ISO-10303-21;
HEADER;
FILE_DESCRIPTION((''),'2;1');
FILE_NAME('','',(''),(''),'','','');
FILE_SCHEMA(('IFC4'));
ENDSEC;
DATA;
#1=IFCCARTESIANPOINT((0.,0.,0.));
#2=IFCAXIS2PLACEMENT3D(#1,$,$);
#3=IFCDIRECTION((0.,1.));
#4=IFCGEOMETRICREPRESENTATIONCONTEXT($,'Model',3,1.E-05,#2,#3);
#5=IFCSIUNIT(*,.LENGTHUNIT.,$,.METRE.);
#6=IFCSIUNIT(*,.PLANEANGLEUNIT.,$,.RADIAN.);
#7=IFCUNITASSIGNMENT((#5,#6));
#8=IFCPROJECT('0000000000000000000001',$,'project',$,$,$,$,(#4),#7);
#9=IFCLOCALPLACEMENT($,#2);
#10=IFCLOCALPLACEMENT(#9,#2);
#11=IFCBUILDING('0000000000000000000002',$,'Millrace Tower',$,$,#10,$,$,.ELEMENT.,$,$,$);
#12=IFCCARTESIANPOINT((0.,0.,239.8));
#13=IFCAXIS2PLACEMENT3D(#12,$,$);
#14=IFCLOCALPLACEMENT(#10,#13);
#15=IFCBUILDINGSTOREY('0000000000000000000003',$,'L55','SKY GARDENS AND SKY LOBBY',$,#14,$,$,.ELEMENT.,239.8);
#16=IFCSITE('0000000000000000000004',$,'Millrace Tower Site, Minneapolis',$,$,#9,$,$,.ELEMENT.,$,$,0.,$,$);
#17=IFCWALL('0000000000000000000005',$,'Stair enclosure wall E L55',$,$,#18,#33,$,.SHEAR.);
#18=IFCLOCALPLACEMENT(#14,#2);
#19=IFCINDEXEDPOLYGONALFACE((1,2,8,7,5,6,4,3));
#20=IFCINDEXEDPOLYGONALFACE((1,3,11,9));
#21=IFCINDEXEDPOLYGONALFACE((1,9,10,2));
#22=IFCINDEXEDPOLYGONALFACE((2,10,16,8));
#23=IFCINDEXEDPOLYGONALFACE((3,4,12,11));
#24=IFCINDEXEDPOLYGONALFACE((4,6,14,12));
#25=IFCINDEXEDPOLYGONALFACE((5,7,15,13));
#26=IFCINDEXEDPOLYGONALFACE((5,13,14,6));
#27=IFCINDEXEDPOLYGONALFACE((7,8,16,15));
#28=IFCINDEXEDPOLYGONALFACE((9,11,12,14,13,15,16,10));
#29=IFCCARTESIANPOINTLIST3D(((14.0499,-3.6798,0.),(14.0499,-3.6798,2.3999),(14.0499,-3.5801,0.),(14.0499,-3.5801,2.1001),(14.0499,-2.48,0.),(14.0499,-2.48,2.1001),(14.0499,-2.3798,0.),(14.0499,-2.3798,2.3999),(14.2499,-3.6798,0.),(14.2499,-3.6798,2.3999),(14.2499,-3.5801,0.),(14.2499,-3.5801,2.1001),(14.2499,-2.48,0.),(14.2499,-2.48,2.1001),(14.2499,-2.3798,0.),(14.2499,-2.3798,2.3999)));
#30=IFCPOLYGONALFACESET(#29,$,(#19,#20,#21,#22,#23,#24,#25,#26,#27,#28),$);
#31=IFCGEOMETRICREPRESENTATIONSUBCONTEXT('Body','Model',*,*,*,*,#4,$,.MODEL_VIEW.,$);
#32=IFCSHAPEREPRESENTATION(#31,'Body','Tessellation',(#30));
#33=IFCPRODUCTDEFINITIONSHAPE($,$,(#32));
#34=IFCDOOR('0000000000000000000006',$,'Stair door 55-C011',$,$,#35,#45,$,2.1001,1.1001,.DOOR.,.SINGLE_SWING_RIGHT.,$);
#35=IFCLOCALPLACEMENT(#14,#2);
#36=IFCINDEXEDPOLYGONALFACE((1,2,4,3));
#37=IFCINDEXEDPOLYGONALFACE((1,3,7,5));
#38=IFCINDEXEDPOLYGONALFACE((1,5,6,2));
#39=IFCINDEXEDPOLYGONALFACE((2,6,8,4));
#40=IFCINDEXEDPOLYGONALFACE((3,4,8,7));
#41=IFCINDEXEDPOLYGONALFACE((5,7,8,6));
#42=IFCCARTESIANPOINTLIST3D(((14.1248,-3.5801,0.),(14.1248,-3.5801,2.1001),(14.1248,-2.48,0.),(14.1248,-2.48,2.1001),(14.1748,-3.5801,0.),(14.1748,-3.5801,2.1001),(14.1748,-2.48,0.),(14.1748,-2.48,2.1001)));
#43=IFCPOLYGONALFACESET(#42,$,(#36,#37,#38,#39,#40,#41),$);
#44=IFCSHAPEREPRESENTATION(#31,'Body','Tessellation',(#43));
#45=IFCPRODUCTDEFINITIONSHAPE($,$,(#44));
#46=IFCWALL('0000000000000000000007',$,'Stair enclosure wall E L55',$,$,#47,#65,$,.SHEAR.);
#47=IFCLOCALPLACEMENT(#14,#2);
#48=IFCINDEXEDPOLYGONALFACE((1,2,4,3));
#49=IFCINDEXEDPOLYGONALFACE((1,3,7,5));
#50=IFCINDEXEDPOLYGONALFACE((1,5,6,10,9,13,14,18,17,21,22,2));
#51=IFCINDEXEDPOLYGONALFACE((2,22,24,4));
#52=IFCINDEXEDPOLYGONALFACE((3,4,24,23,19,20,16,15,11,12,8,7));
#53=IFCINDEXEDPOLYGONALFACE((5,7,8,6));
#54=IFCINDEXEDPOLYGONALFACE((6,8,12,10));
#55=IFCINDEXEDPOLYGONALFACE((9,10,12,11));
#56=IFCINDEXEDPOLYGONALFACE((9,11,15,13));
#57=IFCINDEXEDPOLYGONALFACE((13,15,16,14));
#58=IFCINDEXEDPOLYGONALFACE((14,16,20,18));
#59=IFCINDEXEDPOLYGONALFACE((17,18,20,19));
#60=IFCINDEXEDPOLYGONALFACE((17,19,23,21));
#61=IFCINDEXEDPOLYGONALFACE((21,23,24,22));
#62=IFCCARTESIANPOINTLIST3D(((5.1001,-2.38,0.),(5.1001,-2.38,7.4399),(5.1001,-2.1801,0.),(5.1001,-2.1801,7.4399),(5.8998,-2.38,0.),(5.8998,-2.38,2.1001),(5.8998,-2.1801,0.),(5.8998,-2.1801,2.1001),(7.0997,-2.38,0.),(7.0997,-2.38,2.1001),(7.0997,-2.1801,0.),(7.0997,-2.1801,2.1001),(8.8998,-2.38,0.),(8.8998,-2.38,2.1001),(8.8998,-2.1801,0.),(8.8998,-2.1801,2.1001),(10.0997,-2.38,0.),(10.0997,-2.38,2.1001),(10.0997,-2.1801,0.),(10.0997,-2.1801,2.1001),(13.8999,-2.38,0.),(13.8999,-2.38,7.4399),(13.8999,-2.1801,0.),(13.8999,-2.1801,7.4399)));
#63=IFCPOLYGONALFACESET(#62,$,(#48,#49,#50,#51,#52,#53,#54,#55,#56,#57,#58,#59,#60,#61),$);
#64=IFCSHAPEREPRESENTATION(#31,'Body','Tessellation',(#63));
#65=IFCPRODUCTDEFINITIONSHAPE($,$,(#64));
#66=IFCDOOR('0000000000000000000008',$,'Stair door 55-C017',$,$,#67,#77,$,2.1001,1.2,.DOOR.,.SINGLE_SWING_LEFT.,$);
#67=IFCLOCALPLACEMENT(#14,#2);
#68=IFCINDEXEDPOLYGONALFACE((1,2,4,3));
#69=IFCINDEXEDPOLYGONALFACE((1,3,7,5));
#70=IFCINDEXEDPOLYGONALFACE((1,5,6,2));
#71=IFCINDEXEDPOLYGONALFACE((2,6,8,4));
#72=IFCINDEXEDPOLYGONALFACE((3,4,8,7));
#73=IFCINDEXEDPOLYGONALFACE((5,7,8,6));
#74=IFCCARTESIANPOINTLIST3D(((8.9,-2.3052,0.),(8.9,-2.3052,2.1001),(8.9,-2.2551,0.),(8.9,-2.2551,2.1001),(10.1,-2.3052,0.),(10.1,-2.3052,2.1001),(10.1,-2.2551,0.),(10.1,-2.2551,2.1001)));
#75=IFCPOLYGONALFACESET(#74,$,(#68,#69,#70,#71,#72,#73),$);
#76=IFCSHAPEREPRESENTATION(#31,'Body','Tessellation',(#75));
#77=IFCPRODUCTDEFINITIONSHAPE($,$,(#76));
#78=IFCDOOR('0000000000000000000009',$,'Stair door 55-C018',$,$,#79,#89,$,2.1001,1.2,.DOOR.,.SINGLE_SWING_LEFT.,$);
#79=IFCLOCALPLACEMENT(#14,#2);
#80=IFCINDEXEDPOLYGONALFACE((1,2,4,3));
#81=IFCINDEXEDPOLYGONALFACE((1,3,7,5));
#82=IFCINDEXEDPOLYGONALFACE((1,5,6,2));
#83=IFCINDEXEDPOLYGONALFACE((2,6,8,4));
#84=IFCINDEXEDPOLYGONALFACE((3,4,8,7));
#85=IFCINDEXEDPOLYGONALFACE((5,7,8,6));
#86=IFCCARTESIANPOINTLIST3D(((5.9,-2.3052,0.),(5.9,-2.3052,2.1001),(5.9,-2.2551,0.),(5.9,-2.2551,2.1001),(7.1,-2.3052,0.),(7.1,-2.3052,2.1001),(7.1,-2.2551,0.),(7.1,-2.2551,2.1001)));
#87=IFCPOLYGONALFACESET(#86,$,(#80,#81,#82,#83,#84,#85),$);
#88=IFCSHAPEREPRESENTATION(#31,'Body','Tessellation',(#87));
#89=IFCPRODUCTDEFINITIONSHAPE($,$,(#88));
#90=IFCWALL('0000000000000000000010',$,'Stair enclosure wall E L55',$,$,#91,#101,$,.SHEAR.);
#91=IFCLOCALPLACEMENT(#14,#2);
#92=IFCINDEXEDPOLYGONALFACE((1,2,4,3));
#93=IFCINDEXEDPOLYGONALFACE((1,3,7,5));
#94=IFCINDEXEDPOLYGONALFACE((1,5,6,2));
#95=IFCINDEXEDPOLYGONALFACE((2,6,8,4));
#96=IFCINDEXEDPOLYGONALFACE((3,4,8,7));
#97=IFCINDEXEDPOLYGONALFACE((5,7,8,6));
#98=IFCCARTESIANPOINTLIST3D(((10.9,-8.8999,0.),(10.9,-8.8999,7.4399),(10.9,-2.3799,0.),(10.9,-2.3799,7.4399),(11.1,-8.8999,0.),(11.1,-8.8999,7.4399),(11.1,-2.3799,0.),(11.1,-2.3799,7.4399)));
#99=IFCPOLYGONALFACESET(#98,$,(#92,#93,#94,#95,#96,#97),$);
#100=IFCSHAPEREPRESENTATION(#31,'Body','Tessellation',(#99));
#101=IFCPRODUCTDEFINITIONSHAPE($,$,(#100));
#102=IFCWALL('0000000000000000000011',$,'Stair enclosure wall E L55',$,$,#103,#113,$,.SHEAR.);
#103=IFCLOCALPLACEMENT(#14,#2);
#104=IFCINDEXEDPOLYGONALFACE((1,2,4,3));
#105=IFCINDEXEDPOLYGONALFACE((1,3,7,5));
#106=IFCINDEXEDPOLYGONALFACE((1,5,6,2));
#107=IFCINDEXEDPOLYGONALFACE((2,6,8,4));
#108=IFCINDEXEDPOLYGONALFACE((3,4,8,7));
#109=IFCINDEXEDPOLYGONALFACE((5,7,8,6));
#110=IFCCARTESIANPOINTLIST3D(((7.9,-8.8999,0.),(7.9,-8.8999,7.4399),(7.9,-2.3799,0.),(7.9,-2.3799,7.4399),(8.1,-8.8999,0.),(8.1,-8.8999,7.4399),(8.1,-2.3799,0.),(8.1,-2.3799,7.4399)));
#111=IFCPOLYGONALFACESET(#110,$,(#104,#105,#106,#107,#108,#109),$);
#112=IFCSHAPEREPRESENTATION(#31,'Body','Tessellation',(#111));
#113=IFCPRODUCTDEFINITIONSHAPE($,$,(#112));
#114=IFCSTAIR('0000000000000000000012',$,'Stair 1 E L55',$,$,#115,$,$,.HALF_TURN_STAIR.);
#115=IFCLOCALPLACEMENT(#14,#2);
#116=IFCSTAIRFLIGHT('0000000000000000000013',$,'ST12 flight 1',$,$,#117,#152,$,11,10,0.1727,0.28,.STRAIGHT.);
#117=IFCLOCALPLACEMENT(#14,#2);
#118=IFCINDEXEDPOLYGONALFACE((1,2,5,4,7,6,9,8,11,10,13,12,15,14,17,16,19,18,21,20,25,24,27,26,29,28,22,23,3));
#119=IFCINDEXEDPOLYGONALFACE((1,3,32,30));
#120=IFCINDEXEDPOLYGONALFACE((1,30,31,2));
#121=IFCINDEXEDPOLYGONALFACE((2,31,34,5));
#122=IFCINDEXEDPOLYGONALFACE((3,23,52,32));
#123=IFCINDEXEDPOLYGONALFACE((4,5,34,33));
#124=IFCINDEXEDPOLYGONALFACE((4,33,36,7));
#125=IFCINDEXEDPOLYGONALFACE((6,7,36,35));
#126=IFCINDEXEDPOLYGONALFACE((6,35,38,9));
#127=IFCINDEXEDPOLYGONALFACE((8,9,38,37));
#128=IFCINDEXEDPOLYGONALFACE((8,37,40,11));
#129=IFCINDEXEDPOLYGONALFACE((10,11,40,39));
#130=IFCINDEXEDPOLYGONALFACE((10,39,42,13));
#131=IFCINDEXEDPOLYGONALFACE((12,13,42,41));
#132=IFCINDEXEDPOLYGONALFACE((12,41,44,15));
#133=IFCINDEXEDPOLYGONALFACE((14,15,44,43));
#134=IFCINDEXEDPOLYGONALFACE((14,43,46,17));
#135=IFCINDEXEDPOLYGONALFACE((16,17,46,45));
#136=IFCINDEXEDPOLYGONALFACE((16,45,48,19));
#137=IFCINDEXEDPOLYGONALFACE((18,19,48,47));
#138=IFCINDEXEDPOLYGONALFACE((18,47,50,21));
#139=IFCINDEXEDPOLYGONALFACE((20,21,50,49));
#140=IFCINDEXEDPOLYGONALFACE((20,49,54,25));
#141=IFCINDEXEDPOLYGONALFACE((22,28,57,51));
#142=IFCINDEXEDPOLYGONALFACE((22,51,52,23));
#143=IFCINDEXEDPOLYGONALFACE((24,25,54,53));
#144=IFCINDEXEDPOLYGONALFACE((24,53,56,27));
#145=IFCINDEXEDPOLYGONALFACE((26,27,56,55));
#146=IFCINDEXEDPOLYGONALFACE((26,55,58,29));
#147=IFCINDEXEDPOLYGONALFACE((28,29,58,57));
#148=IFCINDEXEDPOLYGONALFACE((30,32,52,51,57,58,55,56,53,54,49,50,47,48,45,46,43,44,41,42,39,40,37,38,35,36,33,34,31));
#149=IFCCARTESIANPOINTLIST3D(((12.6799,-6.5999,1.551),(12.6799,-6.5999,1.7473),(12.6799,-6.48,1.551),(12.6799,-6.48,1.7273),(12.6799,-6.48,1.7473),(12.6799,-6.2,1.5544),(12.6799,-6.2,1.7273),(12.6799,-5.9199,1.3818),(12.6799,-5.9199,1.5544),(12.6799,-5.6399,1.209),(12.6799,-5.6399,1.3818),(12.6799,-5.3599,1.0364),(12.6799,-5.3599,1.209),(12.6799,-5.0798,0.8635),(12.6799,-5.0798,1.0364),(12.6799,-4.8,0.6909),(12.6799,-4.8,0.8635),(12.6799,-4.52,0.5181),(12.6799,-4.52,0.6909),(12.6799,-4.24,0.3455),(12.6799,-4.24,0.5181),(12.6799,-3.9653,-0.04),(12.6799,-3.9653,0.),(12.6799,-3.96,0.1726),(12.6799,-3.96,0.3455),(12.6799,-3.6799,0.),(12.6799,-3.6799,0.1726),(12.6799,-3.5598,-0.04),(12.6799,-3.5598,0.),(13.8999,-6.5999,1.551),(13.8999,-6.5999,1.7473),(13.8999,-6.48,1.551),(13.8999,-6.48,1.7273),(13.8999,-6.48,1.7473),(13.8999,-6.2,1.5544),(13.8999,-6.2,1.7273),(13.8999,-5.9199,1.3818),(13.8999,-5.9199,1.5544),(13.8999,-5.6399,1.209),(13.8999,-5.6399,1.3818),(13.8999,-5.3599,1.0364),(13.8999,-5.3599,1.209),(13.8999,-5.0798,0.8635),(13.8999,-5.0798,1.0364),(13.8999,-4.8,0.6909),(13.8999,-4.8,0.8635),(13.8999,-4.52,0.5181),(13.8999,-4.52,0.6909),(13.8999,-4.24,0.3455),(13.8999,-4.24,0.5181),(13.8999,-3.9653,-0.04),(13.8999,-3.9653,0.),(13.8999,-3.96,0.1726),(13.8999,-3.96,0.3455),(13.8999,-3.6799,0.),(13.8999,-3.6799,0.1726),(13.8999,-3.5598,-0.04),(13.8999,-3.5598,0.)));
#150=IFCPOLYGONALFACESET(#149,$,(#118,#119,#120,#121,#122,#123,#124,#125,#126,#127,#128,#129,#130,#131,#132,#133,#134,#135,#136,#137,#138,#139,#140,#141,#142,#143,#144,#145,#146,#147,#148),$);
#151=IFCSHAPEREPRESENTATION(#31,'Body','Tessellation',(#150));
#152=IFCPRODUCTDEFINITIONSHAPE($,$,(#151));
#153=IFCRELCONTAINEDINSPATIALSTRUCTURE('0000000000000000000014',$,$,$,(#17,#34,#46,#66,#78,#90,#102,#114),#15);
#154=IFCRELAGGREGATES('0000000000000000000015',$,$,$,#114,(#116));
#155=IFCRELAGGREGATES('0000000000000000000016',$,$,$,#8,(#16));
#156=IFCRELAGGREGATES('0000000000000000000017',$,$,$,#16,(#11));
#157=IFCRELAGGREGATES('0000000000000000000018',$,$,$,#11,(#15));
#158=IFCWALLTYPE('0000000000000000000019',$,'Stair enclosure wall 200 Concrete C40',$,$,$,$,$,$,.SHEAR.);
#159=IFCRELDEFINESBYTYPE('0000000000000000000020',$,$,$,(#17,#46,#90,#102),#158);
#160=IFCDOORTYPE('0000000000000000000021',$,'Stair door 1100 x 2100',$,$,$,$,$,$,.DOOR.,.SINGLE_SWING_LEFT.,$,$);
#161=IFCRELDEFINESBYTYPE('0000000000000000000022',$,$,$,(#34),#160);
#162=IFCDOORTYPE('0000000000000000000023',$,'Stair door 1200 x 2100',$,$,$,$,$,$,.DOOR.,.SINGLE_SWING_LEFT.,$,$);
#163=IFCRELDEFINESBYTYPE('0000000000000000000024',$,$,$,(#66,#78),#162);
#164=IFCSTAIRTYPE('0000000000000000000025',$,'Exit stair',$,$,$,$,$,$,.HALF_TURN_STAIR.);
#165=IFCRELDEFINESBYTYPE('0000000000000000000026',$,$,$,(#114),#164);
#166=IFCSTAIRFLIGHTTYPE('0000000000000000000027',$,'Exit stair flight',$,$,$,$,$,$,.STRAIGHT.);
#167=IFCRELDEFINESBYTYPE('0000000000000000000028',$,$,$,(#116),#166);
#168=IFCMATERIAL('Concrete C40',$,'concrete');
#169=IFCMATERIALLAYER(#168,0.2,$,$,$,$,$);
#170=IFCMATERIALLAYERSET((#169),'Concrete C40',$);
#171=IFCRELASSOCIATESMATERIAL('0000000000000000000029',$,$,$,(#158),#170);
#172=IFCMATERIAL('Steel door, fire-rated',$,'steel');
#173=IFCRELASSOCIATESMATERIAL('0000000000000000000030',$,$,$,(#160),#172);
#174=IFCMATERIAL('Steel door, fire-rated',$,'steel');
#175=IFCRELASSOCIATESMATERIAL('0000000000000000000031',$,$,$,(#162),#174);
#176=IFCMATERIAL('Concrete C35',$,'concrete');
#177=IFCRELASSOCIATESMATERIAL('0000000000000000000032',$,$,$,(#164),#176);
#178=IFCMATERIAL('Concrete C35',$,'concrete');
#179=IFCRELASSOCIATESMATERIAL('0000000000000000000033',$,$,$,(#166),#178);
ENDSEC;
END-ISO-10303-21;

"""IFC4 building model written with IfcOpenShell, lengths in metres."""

from ifc_helpers import new_model, si_unit, direction, frame, frame_2d, origin, place, context, subcontext, project, spatial, polyline, rectangle, outline, extrude, material, layer, layer_set, type_object, element, fill, aggregate, save


model = new_model("IFC4")

# Units and contexts
model_context = context("Model", 3, precision=1e-05, world=origin(), true_north=direction((0.0, 1.0)))
body_context = subcontext(model_context, "Body", "Model", "MODEL_VIEW")
ifc_project = project(units=[si_unit("LENGTHUNIT", "METRE"), si_unit("PLANEANGLEUNIT", "RADIAN")], contexts=[model_context])

# Site, building, storey
site_placement = place(None, origin())
site = spatial("IfcSite", under=ifc_project, at=site_placement, Name="Millrace Tower Site, Minneapolis", CompositionType="ELEMENT", RefElevation=0.0)
building_placement = place(site_placement, origin())
building = spatial("IfcBuilding", under=site, at=building_placement, Name="Millrace Tower", CompositionType="ELEMENT")
storey_placement = place(building_placement, frame((0.0, 0.0, 239.8)))
storey = spatial("IfcBuildingStorey", under=building, at=storey_placement, Name="L55", Description="SKY GARDENS AND SKY LOBBY", CompositionType="ELEMENT", Elevation=239.8)

# Shared definitions
placement = place(storey_placement, origin())

# Wall, opening, door
ifc_material_1 = material(Name="Concrete C40", Category="concrete")
ifc_layer_1 = layer(ifc_material_1, 0.2)
ifc_layer_set_1 = layer_set([ifc_layer_1], Name="Concrete C40")
wall_type_1 = type_object("IfcWallType", Name="Stair enclosure wall 200 Concrete C40", PredefinedType="SHEAR", material=ifc_layer_set_1)
wall_1_placement = place(storey_placement, frame((14.1499, -2.3799, 0.0), z_axis=(0.0, 0.0, 1.0), x_axis=(0.0, -1.0, 0.0)))
wall_1 = element("IfcWall", 1, at=wall_1_placement, inside=storey, type_object=wall_type_1, Name="Stair enclosure wall E L55", PredefinedType="SHEAR", context=body_context, shape_type="SweptSolid", body=[
    extrude(rectangle(XDim=1.3, YDim=0.2, at=frame_2d((0.6499, 0.0))), origin(), (0.0, 0.0, 1.0), 2.3999),
])
opening_1_placement = place(wall_1_placement, frame((0.1001, 0.0, 0.0)))
opening_1 = element("IfcOpeningElement", 2, at=opening_1_placement, cuts=wall_1, PredefinedType="OPENING", context=body_context, shape_type="SweptSolid", body=[
    extrude(rectangle(XDim=1.1001, YDim=2.1001, at=frame_2d((0.55, 1.05))), frame((0.0, 0.1099, 0.0), z_axis=(0.0, -1.0, 0.0), x_axis=(1.0, 0.0, 0.0)), (0.0, 0.0, 1.0), 0.22),
])
ifc_material_2 = material(Name="Steel door, fire-rated", Category="steel")
door_type_1 = type_object("IfcDoorType", Name="Stair door 1100 x 2100", OperationType="SINGLE_SWING_LEFT", PredefinedType="DOOR", material=ifc_material_2)
door_1_placement = place(opening_1_placement, origin())
door_1 = element("IfcDoor", 3, at=door_1_placement, inside=storey, type_object=door_type_1, Name="Stair door 55-C011", OperationType="SINGLE_SWING_RIGHT", OverallHeight=2.1001, OverallWidth=1.1001, PredefinedType="DOOR", context=body_context, shape_type="SweptSolid", body=[
    extrude(rectangle(XDim=1.1001, YDim=2.1001, at=frame_2d((0.55, 1.05))), frame((0.0, 0.0249, 0.0), z_axis=(0.0, -1.0, 0.0), x_axis=(1.0, 0.0, 0.0)), (0.0, 0.0, 1.0), 0.05),
])
fill(opening_1, door_1)

# Wall, openings, doors
wall_2_placement = place(storey_placement, frame((13.8999, -2.28, 0.0), z_axis=(0.0, 0.0, 1.0), x_axis=(-1.0, 0.0, 0.0)))
wall_2 = element("IfcWall", 4, at=wall_2_placement, inside=storey, type_object=wall_type_1, Name="Stair enclosure wall E L55", PredefinedType="SHEAR", context=body_context, shape_type="SweptSolid", body=[
    extrude(rectangle(XDim=8.7998, YDim=0.2, at=frame_2d((4.3999, 0.0))), origin(), (0.0, 0.0, 1.0), 7.4399),
])
opening_2_placement = place(wall_2_placement, frame((3.8, 0.0, 0.0)))
opening_2 = element("IfcOpeningElement", 5, at=opening_2_placement, cuts=wall_2, PredefinedType="OPENING", context=body_context, shape_type="SweptSolid", body=[
    extrude(rectangle(XDim=1.2, YDim=2.1001, at=frame_2d((0.6001, 1.05))), frame((0.0, 0.1099, 0.0), z_axis=(0.0, -1.0, 0.0), x_axis=(1.0, 0.0, 0.0)), (0.0, 0.0, 1.0), 0.22),
])
opening_3_placement = place(wall_2_placement, frame((6.8, 0.0, 0.0)))
opening_3 = element("IfcOpeningElement", 6, at=opening_3_placement, cuts=wall_2, PredefinedType="OPENING", context=body_context, shape_type="SweptSolid", body=[
    extrude(rectangle(XDim=1.2, YDim=2.1001, at=frame_2d((0.6001, 1.05))), frame((0.0, 0.1099, 0.0), z_axis=(0.0, -1.0, 0.0), x_axis=(1.0, 0.0, 0.0)), (0.0, 0.0, 1.0), 0.22),
])
ifc_material_3 = material(Name="Steel door, fire-rated", Category="steel")
door_type_2 = type_object("IfcDoorType", Name="Stair door 1200 x 2100", OperationType="SINGLE_SWING_LEFT", PredefinedType="DOOR", material=ifc_material_3)
door_2_placement = place(opening_2_placement, frame((1.2, 0.0, 0.0), z_axis=(0.0, 0.0, 1.0), x_axis=(-1.0, 0.0, 0.0)))
door_2 = element("IfcDoor", 7, at=door_2_placement, inside=storey, type_object=door_type_2, Name="Stair door 55-C017", OperationType="SINGLE_SWING_LEFT", OverallHeight=2.1001, OverallWidth=1.2, PredefinedType="DOOR", context=body_context, shape_type="SweptSolid", body=[
    extrude(rectangle(XDim=1.2, YDim=2.1001, at=frame_2d((0.6001, 1.05))), frame((0.0, 0.0249, 0.0), z_axis=(0.0, -1.0, 0.0), x_axis=(1.0, 0.0, 0.0)), (0.0, 0.0, 1.0), 0.05),
])
fill(opening_2, door_2)
door_3_placement = place(opening_3_placement, frame((1.2, 0.0, 0.0), z_axis=(0.0, 0.0, 1.0), x_axis=(-1.0, 0.0, 0.0)))
door_3 = element("IfcDoor", 8, at=door_3_placement, inside=storey, type_object=door_type_2, Name="Stair door 55-C018", OperationType="SINGLE_SWING_LEFT", OverallHeight=2.1001, OverallWidth=1.2, PredefinedType="DOOR", context=body_context, shape_type="SweptSolid", body=[
    extrude(rectangle(XDim=1.2, YDim=2.1001, at=frame_2d((0.6001, 1.05))), frame((0.0, 0.0249, 0.0), z_axis=(0.0, -1.0, 0.0), x_axis=(1.0, 0.0, 0.0)), (0.0, 0.0, 1.0), 0.05),
])
fill(opening_3, door_3)

# Walls
for number, where, z_axis, x_axis, name in (
    (9, (11.0, -2.3799, 0.0), (0.0, 0.0, 1.0), (0.0, -1.0, 0.0), "Stair enclosure wall E L55"),
    (10, (8.0, -2.3799, 0.0), (0.0, 0.0, 1.0), (0.0, -1.0, 0.0), "Stair enclosure wall E L55"),
):
    element("IfcWall", number, at=place(storey_placement, frame(where, z_axis=z_axis, x_axis=x_axis)), inside=storey, type_object=wall_type_1, Name=name, PredefinedType="SHEAR", context=body_context, shape_type="SweptSolid", body=[
        extrude(rectangle(XDim=6.52, YDim=0.2, at=frame_2d((3.26, 0.0))), origin(), (0.0, 0.0, 1.0), 7.4399),
    ])

# Stair, stair flight
ifc_material_4 = material(Name="Concrete C35", Category="concrete")
stair_type = type_object("IfcStairType", Name="Exit stair", PredefinedType="HALF_TURN_STAIR", material=ifc_material_4)
stair_1 = element("IfcStair", 11, at=placement, inside=storey, type_object=stair_type, Name="Stair 1 E L55", PredefinedType="HALF_TURN_STAIR")
ifc_material_5 = material(Name="Concrete C35", Category="concrete")
stair_flight_type = type_object("IfcStairFlightType", Name="Exit stair flight", PredefinedType="STRAIGHT", material=ifc_material_5)
stair_flight_1_placement = place(storey_placement, frame((13.29, -3.6799, 0.0), z_axis=(0.0, 0.0, 1.0), x_axis=(0.0, -1.0, 0.0)))
stair_flight_1 = element("IfcStairFlight", 12, at=stair_flight_1_placement, type_object=stair_flight_type, Name="ST12 flight 1", NumberOfRisers=11, NumberOfTreads=10, PredefinedType="STRAIGHT", RiserHeight=0.1727, TreadLength=0.28, context=body_context, shape_type="SweptSolid", body=[
    extrude(outline(polyline([(-0.1201, -0.04), (-0.1201, 0.0), (0.0, 0.0), (0.0, 0.1726), (0.28, 0.1726), (0.28, 0.3455), (0.5601, 0.3455), (0.5601, 0.5181), (0.8401, 0.5181), (0.8401, 0.6909), (1.1201, 0.6909), (1.1201, 0.8635), (1.3999, 0.8635), (1.3999, 1.0364), (1.6799, 1.0364), (1.6799, 1.209), (1.96, 1.209), (1.96, 1.3818), (2.24, 1.3818), (2.24, 1.5544), (2.52, 1.5544), (2.52, 1.7273), (2.8, 1.7273), (2.8, 1.7473), (2.9199, 1.7473), (2.9199, 1.551), (2.8, 1.551), (0.2854, 0.0), (0.2854, -0.04), (-0.1201, -0.04)])), frame((0.0, 0.6099, 0.0), z_axis=(0.0, -1.0, 0.0), x_axis=(1.0, 0.0, 0.0)), (0.0, 0.0, 1.0), 1.22),
])
aggregate(stair_1, [stair_flight_1])

save(model, "model.ifc")
